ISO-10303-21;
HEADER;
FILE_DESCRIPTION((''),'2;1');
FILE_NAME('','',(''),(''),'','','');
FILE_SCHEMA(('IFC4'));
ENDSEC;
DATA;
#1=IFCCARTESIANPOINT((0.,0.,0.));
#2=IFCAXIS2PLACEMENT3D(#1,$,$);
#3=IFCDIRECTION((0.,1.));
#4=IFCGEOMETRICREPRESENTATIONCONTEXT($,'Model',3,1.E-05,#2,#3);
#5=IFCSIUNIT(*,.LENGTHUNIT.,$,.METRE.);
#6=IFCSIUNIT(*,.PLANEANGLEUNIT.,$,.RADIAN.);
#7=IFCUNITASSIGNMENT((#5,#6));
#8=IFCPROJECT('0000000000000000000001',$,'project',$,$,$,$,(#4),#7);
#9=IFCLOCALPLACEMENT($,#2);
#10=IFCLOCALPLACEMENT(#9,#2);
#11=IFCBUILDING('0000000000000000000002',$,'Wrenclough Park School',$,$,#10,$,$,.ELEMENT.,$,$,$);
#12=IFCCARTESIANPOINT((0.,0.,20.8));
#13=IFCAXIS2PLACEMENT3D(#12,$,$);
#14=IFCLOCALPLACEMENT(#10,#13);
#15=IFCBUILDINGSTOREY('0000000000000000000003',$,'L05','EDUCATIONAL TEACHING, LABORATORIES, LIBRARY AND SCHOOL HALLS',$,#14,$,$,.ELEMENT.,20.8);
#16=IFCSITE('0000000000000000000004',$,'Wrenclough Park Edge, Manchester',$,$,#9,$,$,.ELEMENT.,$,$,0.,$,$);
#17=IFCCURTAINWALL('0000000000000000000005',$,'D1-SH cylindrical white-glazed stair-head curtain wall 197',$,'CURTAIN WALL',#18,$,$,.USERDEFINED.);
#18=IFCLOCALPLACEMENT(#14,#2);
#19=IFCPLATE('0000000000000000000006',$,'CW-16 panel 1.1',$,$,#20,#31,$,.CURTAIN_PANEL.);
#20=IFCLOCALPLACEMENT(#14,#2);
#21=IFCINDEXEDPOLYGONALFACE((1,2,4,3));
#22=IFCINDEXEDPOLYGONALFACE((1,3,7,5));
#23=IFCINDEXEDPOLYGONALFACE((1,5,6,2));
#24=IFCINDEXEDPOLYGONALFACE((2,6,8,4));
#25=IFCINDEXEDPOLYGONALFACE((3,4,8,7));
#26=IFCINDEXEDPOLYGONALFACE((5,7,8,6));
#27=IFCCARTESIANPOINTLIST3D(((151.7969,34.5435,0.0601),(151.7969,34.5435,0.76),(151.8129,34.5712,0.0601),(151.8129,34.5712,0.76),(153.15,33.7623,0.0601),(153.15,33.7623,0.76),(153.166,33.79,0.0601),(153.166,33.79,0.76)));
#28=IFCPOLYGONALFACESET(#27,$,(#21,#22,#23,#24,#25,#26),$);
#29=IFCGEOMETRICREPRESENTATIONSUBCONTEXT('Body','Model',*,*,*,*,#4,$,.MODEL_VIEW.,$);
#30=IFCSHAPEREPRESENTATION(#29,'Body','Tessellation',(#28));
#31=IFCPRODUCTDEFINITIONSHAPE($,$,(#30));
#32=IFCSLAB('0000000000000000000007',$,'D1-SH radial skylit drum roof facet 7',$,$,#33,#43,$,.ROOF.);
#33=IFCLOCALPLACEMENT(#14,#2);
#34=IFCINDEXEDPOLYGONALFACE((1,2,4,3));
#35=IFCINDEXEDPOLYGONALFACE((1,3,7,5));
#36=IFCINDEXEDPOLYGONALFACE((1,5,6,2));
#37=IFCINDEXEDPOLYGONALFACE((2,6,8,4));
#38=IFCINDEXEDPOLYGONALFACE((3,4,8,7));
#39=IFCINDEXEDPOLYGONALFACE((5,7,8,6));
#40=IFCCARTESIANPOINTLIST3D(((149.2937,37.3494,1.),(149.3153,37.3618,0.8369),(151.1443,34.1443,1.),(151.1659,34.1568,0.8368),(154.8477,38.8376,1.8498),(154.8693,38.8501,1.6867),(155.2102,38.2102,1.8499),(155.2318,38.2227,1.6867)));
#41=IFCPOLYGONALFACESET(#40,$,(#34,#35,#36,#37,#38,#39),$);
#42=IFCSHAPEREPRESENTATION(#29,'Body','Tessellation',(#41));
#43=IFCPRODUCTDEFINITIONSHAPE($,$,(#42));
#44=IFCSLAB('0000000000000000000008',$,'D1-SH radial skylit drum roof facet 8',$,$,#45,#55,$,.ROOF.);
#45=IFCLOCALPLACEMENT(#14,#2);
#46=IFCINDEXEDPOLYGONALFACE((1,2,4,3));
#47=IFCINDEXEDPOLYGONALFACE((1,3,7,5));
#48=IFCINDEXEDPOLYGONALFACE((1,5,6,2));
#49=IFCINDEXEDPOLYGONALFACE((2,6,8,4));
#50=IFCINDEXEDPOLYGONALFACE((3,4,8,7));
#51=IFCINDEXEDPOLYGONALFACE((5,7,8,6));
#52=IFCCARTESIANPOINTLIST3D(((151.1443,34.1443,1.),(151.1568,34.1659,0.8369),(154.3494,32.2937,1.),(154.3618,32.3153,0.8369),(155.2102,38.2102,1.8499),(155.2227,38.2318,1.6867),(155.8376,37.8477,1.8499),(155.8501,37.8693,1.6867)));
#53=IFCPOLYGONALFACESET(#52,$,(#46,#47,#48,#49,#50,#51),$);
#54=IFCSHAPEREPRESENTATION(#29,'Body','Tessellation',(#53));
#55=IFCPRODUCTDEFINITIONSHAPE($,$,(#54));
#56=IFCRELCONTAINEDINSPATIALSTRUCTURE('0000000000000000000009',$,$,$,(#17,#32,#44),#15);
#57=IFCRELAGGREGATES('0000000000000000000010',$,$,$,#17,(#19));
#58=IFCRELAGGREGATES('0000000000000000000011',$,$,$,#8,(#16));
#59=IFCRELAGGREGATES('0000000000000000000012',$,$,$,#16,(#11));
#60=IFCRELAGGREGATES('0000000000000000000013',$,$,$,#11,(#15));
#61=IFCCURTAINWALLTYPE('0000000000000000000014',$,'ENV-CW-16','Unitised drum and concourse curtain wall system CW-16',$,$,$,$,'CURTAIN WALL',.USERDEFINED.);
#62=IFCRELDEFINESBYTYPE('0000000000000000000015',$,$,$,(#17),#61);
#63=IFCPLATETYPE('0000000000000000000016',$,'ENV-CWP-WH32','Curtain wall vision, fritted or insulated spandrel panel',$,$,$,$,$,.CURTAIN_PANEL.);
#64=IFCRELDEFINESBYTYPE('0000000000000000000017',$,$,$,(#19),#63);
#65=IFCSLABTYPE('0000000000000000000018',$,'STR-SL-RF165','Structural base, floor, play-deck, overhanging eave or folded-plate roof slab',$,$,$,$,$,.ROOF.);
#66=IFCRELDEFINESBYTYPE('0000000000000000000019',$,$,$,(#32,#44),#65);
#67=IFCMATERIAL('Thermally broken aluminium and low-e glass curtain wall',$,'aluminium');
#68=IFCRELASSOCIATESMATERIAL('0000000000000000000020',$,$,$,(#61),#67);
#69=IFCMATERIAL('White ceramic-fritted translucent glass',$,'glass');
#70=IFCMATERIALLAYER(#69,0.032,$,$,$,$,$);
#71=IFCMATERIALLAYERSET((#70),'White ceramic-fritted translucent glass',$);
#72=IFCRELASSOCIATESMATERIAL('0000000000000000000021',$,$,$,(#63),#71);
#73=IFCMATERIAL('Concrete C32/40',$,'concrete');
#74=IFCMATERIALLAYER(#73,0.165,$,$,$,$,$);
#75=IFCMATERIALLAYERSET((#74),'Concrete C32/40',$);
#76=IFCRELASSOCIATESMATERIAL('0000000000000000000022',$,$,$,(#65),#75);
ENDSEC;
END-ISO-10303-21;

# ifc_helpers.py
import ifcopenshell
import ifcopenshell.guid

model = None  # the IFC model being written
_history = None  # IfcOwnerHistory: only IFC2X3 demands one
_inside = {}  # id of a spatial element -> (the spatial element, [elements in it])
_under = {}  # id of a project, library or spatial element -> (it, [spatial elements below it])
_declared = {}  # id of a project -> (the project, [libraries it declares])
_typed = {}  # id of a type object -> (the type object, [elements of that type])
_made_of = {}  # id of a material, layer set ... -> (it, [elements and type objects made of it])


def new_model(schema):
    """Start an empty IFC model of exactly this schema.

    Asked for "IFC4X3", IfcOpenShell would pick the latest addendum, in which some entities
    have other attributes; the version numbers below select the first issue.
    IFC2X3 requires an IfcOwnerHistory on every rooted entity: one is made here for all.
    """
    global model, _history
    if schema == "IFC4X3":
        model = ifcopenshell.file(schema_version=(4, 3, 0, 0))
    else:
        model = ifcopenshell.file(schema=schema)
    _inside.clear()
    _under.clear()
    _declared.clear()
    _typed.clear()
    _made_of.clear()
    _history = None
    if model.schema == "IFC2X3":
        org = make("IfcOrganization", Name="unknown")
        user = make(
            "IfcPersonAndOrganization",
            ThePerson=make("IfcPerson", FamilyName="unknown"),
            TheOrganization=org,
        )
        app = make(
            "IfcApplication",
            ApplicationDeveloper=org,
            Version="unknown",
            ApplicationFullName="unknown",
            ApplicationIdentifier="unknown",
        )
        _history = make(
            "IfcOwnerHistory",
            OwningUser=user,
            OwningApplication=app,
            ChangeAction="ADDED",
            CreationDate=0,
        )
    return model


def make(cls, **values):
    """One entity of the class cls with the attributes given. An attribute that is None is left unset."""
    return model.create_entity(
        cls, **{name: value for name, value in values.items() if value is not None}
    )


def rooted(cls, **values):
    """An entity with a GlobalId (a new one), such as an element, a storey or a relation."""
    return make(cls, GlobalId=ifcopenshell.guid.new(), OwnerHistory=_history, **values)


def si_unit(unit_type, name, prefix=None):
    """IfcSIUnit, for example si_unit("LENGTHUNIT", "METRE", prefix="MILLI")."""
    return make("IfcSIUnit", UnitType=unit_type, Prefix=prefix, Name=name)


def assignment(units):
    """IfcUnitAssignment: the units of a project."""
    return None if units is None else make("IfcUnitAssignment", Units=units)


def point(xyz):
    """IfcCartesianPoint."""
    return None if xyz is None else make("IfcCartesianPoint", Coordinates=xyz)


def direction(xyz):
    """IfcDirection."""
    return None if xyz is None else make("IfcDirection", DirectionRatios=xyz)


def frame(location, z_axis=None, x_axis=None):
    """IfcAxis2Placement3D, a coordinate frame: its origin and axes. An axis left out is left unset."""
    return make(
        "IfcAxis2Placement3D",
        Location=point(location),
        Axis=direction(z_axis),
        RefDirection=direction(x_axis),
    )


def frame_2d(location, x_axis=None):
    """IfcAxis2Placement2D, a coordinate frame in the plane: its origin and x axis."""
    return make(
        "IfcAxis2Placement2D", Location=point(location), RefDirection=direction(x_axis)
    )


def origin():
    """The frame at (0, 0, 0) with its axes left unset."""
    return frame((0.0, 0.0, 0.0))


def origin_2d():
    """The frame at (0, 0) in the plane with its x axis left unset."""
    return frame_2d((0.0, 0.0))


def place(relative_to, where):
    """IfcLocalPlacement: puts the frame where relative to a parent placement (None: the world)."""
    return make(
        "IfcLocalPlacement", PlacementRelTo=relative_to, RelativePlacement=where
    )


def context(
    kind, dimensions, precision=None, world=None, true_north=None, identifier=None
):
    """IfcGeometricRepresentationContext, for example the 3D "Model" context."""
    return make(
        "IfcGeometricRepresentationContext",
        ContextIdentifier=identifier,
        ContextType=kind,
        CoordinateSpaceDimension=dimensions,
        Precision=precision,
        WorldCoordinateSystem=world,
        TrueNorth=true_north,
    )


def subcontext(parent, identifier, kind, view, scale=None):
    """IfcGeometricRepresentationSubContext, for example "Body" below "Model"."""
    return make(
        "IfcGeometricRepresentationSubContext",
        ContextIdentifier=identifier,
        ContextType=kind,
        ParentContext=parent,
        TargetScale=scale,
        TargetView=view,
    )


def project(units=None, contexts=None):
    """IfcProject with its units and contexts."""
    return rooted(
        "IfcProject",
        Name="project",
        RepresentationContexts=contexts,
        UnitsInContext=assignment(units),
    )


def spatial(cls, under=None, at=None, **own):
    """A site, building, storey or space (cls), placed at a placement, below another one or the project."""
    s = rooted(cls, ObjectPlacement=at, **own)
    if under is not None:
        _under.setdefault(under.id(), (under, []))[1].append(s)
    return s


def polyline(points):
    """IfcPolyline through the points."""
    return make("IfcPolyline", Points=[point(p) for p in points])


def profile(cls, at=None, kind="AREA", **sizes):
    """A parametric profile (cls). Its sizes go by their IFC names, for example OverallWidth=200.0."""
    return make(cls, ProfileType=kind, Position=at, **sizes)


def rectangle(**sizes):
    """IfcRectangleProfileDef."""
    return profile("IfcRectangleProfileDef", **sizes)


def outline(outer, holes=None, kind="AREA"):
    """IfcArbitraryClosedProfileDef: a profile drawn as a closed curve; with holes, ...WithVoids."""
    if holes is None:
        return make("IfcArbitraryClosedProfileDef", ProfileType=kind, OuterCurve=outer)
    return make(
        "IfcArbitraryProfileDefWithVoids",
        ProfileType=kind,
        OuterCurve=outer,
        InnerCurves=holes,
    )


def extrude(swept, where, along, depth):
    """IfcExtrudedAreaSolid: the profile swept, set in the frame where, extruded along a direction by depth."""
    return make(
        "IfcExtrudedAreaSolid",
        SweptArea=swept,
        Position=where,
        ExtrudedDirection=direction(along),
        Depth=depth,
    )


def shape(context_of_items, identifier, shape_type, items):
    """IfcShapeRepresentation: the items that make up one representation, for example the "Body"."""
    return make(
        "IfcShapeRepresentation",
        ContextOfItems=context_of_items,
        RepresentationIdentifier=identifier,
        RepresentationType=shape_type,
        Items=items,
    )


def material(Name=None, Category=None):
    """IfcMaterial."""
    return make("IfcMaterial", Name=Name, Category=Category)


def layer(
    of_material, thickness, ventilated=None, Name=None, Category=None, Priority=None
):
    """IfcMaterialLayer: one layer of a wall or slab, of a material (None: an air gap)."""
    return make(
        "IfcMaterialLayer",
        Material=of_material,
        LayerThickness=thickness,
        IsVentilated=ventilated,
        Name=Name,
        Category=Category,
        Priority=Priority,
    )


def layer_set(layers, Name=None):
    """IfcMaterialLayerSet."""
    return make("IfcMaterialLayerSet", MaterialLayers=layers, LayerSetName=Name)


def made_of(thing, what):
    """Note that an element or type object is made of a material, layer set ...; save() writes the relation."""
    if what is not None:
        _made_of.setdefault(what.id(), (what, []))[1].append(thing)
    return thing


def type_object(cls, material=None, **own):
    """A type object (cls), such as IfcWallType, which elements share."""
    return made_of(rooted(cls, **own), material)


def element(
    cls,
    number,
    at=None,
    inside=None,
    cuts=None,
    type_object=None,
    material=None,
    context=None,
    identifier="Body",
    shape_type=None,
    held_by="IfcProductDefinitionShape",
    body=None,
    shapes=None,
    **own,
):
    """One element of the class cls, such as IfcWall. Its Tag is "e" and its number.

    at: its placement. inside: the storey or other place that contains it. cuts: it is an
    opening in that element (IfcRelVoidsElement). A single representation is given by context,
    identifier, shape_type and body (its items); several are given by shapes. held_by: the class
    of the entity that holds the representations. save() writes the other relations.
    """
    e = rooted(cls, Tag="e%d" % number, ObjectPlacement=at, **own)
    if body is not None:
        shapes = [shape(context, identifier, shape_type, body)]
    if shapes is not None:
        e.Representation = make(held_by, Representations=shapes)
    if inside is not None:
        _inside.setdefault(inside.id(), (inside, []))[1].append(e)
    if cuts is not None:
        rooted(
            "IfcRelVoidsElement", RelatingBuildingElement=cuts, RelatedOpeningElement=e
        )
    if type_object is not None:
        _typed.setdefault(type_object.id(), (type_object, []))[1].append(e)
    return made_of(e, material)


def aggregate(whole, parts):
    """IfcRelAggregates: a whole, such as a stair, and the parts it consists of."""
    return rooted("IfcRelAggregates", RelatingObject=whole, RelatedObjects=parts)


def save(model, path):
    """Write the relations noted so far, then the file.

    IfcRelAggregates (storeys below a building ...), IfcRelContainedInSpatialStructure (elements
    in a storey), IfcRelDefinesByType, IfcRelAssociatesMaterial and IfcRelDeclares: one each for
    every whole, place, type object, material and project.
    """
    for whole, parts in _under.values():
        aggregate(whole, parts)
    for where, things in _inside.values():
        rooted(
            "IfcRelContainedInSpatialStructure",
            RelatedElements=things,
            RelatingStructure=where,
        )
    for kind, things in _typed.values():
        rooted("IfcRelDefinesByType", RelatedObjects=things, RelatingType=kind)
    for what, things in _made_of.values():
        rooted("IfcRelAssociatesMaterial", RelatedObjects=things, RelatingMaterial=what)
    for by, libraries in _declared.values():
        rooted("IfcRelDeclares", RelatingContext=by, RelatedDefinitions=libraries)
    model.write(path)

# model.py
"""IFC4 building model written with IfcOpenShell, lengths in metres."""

from ifc_helpers import new_model, si_unit, direction, frame, origin, origin_2d, place, context, subcontext, project, spatial, polyline, rectangle, outline, extrude, material, layer, layer_set, type_object, element, aggregate, save


model = new_model("IFC4")

# Units and contexts
model_context = context("Model", 3, precision=1e-05, world=origin(), true_north=direction((0.0, 1.0)))
body_context = subcontext(model_context, "Body", "Model", "MODEL_VIEW")
ifc_project = project(units=[si_unit("LENGTHUNIT", "METRE"), si_unit("PLANEANGLEUNIT", "RADIAN")], contexts=[model_context])

# Site, building, storey
site_placement = place(None, origin())
site = spatial("IfcSite", under=ifc_project, at=site_placement, Name="Wrenclough Park Edge, Manchester", CompositionType="ELEMENT", RefElevation=0.0)
building_placement = place(site_placement, origin())
building = spatial("IfcBuilding", under=site, at=building_placement, Name="Wrenclough Park School", CompositionType="ELEMENT")
storey_placement = place(building_placement, frame((0.0, 0.0, 20.8)))
storey = spatial("IfcBuildingStorey", under=building, at=storey_placement, Name="L05", Description="EDUCATIONAL TEACHING, LABORATORIES, LIBRARY AND SCHOOL HALLS", CompositionType="ELEMENT", Elevation=20.8)

# Shared definitions
ifc_material_1 = material(Name="Thermally broken aluminium and low-e glass curtain wall", Category="aluminium")
curtain_wall_type = type_object("IfcCurtainWallType", Name="ENV-CW-16", Description="Unitised drum and concourse curtain wall system CW-16", ElementType="CURTAIN WALL", PredefinedType="USERDEFINED", material=ifc_material_1)

# Curtain wall
curtain_wall_1_placement = place(storey_placement, origin())
curtain_wall_1 = element("IfcCurtainWall", 1, at=curtain_wall_1_placement, inside=storey, type_object=curtain_wall_type, Name="D1-SH cylindrical white-glazed stair-head curtain wall 197", ObjectType="CURTAIN WALL", PredefinedType="USERDEFINED")

# Plate
ifc_material_2 = material(Name="White ceramic-fritted translucent glass", Category="glass")
ifc_layer_1 = layer(ifc_material_2, 0.032)
ifc_layer_set_1 = layer_set([ifc_layer_1], Name="White ceramic-fritted translucent glass")
plate_type = type_object("IfcPlateType", Name="ENV-CWP-WH32", Description="Curtain wall vision, fritted or insulated spandrel panel", PredefinedType="CURTAIN_PANEL", material=ifc_layer_set_1)
plate_1_placement = place(storey_placement, frame((152.4814, 34.1667, 0.0601), z_axis=(0.0, 0.0, 1.0), x_axis=(0.866017, -0.500015, 0.0)))
plate_1 = element("IfcPlate", 2, at=plate_1_placement, type_object=plate_type, Name="CW-16 panel 1.1", PredefinedType="CURTAIN_PANEL", context=body_context, shape_type="SweptSolid", body=[
    extrude(rectangle(XDim=1.5625, YDim=0.032, at=origin_2d()), origin(), (0.0, 0.0, 1.0), 0.7),
])
aggregate(curtain_wall_1, [plate_1])

# Slabs
ifc_material_3 = material(Name="Concrete C32/40", Category="concrete")
ifc_layer_2 = layer(ifc_material_3, 0.165)
ifc_layer_set_2 = layer_set([ifc_layer_2], Name="Concrete C32/40")
slab_type = type_object("IfcSlabType", Name="STR-SL-RF165", Description="Structural base, floor, play-deck, overhanging eave or folded-plate roof slab", PredefinedType="ROOF", material=ifc_layer_set_2)
slab_1_placement = place(storey_placement, frame((149.2937, 37.3494, 1.0), z_axis=(-0.130983, -0.075638, 0.988495), x_axis=(0.500028, -0.866009, -0.000008)))
element("IfcSlab", 3, at=slab_1_placement, inside=storey, type_object=slab_type, Name="D1-SH radial skylit drum roof facet 7", PredefinedType="ROOF", context=body_context, shape_type="SweptSolid", body=[
    extrude(outline(polyline([(0.0, 0.0), (3.701, 0.0), (2.2129, 5.6188), (1.4883, 5.6186), (0.0, 0.0)])), origin(), (0.0, 0.0, -1.0), 0.165),
])
slab_2_placement = place(storey_placement, frame((151.1443, 34.1443, 1.0), z_axis=(-0.075638, -0.130983, 0.988495), x_axis=(0.866009, -0.500028, 0.000008)))
element("IfcSlab", 4, at=slab_2_placement, inside=storey, type_object=slab_type, Name="D1-SH radial skylit drum roof facet 8", PredefinedType="ROOF", context=body_context, shape_type="SweptSolid", body=[
    extrude(outline(polyline([(0.0, 0.0), (3.701, 0.0), (2.2127, 5.6186), (1.4881, 5.6188), (0.0, 0.0)])), origin(), (0.0, 0.0, -1.0), 0.165),
])

save(model, "model.ifc")
